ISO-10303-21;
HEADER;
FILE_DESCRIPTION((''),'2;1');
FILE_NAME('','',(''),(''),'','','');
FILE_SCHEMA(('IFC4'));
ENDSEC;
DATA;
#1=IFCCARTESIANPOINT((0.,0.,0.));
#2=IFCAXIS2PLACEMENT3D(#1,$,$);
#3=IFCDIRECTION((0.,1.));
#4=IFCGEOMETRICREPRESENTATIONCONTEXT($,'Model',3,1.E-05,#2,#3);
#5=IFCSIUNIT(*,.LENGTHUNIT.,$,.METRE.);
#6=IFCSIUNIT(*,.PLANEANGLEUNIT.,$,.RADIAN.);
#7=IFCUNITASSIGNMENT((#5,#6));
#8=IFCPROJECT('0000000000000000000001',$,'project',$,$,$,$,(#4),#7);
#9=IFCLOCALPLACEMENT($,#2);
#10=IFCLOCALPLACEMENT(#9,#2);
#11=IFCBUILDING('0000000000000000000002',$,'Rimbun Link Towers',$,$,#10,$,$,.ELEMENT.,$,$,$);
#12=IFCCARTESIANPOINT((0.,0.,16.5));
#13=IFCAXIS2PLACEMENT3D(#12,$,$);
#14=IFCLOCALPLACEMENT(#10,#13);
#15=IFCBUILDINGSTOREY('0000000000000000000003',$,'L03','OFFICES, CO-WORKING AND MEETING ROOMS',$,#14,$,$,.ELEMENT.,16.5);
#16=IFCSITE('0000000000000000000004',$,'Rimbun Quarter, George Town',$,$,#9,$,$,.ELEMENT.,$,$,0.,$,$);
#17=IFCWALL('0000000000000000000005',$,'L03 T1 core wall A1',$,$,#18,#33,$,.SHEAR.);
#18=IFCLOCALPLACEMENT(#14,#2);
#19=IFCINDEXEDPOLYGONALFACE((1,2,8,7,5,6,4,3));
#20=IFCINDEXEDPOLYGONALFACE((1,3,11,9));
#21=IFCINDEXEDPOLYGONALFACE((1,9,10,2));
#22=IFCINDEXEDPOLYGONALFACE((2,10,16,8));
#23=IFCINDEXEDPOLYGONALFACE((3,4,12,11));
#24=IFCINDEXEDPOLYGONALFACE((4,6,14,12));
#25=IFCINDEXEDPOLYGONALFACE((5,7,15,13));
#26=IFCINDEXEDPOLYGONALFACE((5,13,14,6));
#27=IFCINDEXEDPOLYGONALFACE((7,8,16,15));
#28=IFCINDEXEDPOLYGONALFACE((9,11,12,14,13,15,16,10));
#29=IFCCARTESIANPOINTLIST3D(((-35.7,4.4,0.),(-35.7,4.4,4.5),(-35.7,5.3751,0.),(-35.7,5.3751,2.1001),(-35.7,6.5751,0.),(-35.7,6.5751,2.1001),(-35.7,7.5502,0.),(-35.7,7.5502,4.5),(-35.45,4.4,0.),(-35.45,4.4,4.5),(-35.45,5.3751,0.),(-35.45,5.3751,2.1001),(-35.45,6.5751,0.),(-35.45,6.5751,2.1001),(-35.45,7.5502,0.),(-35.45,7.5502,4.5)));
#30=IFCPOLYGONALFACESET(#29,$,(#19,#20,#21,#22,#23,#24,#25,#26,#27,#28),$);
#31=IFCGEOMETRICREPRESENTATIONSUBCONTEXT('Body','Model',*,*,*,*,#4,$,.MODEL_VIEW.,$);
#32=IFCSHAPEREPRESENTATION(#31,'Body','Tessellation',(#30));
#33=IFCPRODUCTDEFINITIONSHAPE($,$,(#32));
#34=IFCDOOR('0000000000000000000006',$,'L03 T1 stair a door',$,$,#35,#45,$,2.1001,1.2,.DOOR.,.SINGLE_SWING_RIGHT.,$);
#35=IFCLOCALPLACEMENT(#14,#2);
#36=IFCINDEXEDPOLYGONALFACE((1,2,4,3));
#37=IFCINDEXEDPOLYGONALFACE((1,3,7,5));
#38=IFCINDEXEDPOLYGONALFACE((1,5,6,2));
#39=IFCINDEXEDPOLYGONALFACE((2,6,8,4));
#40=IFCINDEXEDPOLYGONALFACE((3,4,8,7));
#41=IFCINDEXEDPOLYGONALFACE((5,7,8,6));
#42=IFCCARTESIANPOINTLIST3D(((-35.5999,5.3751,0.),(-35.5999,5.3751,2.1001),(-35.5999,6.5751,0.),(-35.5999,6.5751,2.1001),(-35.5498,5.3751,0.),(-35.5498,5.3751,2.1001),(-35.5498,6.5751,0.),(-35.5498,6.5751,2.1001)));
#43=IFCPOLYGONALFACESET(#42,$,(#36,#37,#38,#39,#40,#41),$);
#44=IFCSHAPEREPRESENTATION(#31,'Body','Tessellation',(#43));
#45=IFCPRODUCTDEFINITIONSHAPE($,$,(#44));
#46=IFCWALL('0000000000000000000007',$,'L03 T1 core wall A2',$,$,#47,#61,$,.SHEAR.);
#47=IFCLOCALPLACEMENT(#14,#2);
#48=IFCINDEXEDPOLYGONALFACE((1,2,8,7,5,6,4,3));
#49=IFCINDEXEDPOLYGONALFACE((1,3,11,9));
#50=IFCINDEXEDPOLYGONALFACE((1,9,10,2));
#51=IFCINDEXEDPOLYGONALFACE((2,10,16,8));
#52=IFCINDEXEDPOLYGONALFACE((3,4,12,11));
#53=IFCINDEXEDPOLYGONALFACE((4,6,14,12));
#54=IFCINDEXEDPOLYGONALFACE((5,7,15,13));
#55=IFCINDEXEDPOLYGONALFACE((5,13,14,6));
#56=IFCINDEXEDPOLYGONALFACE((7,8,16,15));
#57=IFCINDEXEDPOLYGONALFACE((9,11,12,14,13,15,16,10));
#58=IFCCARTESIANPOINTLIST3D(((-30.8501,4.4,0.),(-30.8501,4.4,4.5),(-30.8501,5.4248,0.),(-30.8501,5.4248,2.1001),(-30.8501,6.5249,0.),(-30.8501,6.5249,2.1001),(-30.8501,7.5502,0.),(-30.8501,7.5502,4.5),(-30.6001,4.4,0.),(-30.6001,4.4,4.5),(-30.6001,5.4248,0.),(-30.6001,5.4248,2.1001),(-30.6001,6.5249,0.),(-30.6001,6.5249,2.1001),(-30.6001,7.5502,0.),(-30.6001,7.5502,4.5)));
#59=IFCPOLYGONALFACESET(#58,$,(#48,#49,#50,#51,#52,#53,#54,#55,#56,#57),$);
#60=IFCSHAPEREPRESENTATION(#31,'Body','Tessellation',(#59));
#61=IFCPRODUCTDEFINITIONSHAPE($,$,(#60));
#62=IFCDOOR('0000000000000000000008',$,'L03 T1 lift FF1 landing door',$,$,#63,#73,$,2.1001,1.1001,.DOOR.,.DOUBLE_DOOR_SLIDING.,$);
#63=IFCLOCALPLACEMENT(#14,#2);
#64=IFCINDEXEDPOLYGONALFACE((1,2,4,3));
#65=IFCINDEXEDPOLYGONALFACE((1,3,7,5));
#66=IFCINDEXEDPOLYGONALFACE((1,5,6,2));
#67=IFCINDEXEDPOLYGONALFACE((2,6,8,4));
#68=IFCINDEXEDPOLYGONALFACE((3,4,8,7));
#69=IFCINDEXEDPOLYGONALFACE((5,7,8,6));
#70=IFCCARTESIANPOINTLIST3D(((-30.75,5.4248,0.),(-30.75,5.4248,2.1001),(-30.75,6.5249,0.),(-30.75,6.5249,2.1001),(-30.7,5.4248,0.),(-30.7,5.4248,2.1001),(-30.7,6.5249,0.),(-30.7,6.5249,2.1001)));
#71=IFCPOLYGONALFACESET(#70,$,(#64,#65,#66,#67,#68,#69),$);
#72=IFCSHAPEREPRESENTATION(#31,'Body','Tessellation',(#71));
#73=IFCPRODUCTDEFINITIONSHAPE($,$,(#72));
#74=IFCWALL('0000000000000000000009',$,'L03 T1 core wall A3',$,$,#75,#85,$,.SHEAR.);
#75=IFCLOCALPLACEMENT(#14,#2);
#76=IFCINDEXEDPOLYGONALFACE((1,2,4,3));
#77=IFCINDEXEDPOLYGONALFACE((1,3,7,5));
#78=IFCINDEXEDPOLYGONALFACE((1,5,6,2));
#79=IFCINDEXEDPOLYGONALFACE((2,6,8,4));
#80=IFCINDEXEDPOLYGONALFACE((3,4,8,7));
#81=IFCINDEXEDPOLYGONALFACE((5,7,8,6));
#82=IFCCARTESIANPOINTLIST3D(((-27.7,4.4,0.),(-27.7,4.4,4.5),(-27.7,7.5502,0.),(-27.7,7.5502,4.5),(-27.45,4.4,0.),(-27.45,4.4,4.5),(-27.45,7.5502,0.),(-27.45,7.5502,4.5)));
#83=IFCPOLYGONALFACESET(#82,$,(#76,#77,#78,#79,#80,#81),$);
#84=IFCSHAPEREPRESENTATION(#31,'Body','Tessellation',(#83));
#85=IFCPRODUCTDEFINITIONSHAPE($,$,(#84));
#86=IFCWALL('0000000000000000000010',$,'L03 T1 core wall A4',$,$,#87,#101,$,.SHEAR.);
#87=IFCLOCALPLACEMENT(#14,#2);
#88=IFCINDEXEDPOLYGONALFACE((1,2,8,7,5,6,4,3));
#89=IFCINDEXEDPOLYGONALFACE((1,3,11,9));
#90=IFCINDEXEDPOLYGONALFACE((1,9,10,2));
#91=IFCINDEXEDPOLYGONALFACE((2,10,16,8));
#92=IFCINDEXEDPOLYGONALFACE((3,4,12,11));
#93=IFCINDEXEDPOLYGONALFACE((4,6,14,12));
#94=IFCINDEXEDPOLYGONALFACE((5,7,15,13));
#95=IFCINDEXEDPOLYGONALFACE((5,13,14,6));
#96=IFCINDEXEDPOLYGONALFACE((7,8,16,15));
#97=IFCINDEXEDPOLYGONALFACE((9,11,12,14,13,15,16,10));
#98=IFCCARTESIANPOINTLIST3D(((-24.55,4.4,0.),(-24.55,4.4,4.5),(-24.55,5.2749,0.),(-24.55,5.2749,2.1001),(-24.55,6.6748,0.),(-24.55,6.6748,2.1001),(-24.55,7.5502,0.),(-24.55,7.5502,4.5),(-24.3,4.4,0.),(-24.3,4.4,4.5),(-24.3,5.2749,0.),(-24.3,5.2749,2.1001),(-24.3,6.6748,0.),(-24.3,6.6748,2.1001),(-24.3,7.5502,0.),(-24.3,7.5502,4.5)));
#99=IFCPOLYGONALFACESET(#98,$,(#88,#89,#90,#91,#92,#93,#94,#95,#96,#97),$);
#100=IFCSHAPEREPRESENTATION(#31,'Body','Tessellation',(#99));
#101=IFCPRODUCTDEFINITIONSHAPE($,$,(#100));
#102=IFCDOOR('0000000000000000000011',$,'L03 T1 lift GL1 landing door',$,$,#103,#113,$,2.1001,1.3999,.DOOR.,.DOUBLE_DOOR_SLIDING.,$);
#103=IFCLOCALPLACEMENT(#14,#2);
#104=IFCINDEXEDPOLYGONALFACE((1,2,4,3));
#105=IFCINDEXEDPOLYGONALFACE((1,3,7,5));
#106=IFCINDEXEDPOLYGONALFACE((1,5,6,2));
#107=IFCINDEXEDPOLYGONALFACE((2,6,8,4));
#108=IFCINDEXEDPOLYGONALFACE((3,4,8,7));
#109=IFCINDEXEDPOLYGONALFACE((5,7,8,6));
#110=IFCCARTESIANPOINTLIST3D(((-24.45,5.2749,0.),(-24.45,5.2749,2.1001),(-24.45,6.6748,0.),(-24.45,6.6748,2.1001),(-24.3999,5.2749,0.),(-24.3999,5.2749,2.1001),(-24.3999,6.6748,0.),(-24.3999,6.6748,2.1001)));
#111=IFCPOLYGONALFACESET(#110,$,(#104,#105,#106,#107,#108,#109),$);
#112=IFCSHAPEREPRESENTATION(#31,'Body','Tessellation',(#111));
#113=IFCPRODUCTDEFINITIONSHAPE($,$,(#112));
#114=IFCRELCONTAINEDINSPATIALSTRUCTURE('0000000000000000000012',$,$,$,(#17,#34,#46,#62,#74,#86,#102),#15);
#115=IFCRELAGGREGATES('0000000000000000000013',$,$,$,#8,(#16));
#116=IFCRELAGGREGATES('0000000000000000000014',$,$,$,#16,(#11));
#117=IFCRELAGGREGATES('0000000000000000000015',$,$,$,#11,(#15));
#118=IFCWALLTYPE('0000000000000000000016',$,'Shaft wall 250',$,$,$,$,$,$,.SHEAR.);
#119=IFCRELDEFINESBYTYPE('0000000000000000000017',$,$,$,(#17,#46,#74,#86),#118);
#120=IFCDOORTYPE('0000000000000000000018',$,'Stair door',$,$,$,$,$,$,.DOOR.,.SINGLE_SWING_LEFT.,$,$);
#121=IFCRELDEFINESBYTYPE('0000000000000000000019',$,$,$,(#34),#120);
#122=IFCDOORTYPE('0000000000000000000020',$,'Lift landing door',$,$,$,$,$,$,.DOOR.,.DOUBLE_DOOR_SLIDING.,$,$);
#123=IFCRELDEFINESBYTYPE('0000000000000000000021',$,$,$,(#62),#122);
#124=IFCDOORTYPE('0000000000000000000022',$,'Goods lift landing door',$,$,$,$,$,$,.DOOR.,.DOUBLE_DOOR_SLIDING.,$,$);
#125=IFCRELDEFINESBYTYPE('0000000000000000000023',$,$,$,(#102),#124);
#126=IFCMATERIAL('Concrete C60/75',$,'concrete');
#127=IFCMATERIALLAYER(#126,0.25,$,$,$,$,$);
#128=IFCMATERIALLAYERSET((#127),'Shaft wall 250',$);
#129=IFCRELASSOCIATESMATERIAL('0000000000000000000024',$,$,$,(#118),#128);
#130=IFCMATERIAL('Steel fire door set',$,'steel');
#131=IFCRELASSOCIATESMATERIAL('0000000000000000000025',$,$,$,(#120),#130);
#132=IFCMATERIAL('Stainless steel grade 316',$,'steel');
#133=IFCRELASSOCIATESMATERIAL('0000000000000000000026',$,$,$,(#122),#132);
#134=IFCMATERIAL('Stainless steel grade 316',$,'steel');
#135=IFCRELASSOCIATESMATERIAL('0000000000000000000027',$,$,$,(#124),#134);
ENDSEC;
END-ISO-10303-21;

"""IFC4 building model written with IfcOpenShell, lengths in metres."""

from ifc_helpers import new_model, si_unit, direction, frame, frame_2d, origin, place, context, subcontext, project, spatial, rectangle, extrude, material, layer, layer_set, type_object, element, fill, save


model = new_model("IFC4")

# Units and contexts
model_context = context("Model", 3, precision=1e-05, world=origin(), true_north=direction((0.0, 1.0)))
body_context = subcontext(model_context, "Body", "Model", "MODEL_VIEW")
ifc_project = project(units=[si_unit("LENGTHUNIT", "METRE"), si_unit("PLANEANGLEUNIT", "RADIAN")], contexts=[model_context])

# Site, building, storey
site_placement = place(None, origin())
site = spatial("IfcSite", under=ifc_project, at=site_placement, Name="Rimbun Quarter, George Town", CompositionType="ELEMENT", RefElevation=0.0)
building_placement = place(site_placement, origin())
building = spatial("IfcBuilding", under=site, at=building_placement, Name="Rimbun Link Towers", CompositionType="ELEMENT")
storey_placement = place(building_placement, frame((0.0, 0.0, 16.5)))
storey = spatial("IfcBuildingStorey", under=building, at=storey_placement, Name="L03", Description="OFFICES, CO-WORKING AND MEETING ROOMS", CompositionType="ELEMENT", Elevation=16.5)

# Shared definitions
ifc_material_1 = material(Name="Concrete C60/75", Category="concrete")
ifc_layer_1 = layer(ifc_material_1, 0.25)
ifc_layer_set_1 = layer_set([ifc_layer_1], Name="Shaft wall 250")
wall_type_1 = type_object("IfcWallType", Name="Shaft wall 250", PredefinedType="SHEAR", material=ifc_layer_set_1)

# Walls, openings, doors
wall_1_placement = place(storey_placement, frame((-35.575, 4.3999, 0.0), z_axis=(0.0, 0.0, 1.0), x_axis=(0.0, 1.0, 0.0)))
wall_1 = element("IfcWall", 1, at=wall_1_placement, inside=storey, type_object=wall_type_1, Name="L03 T1 core wall A1", PredefinedType="SHEAR", context=body_context, shape_type="SweptSolid", body=[
    extrude(rectangle(XDim=3.1501, YDim=0.25, at=frame_2d((1.5752, 0.0))), origin(), (0.0, 0.0, 1.0), 4.5),
])
opening_1_placement = place(wall_1_placement, frame((0.9751, 0.0, 0.0)))
opening_1 = element("IfcOpeningElement", 2, at=opening_1_placement, cuts=wall_1, PredefinedType="OPENING", context=body_context, shape_type="SweptSolid", body=[
    extrude(rectangle(XDim=1.2, YDim=2.1001, at=frame_2d((0.6001, 1.05))), frame((0.0, 0.135, 0.0), z_axis=(0.0, -1.0, 0.0), x_axis=(1.0, 0.0, 0.0)), (0.0, 0.0, 1.0), 0.27),
])
ifc_material_2 = material(Name="Steel fire door set", Category="steel")
door_type_1 = type_object("IfcDoorType", Name="Stair door", OperationType="SINGLE_SWING_LEFT", PredefinedType="DOOR", material=ifc_material_2)
door_1_placement = place(opening_1_placement, origin())
door_1 = element("IfcDoor", 3, at=door_1_placement, inside=storey, type_object=door_type_1, Name="L03 T1 stair a door", OperationType="SINGLE_SWING_RIGHT", OverallHeight=2.1001, OverallWidth=1.2, PredefinedType="DOOR", context=body_context, shape_type="SweptSolid", body=[
    extrude(rectangle(XDim=1.2, YDim=2.1001, at=frame_2d((0.6001, 1.05))), frame((0.0, 0.0249, 0.0), z_axis=(0.0, -1.0, 0.0), x_axis=(1.0, 0.0, 0.0)), (0.0, 0.0, 1.0), 0.05),
])
fill(opening_1, door_1)
wall_2_placement = place(storey_placement, frame((-30.7251, 4.3999, 0.0), z_axis=(0.0, 0.0, 1.0), x_axis=(0.0, 1.0, 0.0)))
wall_2 = element("IfcWall", 4, at=wall_2_placement, inside=storey, type_object=wall_type_1, Name="L03 T1 core wall A2", PredefinedType="SHEAR", context=body_context, shape_type="SweptSolid", body=[
    extrude(rectangle(XDim=3.1501, YDim=0.25, at=frame_2d((1.5752, 0.0))), origin(), (0.0, 0.0, 1.0), 4.5),
])
opening_2_placement = place(wall_2_placement, frame((1.0249, 0.0, 0.0)))
opening_2 = element("IfcOpeningElement", 5, at=opening_2_placement, cuts=wall_2, PredefinedType="OPENING", context=body_context, shape_type="SweptSolid", body=[
    extrude(rectangle(XDim=1.1001, YDim=2.1001, at=frame_2d((0.55, 1.05))), frame((0.0, 0.135, 0.0), z_axis=(0.0, -1.0, 0.0), x_axis=(1.0, 0.0, 0.0)), (0.0, 0.0, 1.0), 0.27),
])
ifc_material_3 = material(Name="Stainless steel grade 316", Category="steel")
door_type_2 = type_object("IfcDoorType", Name="Lift landing door", OperationType="DOUBLE_DOOR_SLIDING", PredefinedType="DOOR", material=ifc_material_3)
door_2_placement = place(opening_2_placement, origin())
door_2 = element("IfcDoor", 6, at=door_2_placement, inside=storey, type_object=door_type_2, Name="L03 T1 lift FF1 landing door", OperationType="DOUBLE_DOOR_SLIDING", OverallHeight=2.1001, OverallWidth=1.1001, PredefinedType="DOOR", context=body_context, shape_type="SweptSolid", body=[
    extrude(rectangle(XDim=1.1001, YDim=2.1001, at=frame_2d((0.55, 1.05))), frame((0.0, 0.0249, 0.0), z_axis=(0.0, -1.0, 0.0), x_axis=(1.0, 0.0, 0.0)), (0.0, 0.0, 1.0), 0.05),
])
fill(opening_2, door_2)

# Wall
wall_3_placement = place(storey_placement, frame((-27.575, 4.3999, 0.0), z_axis=(0.0, 0.0, 1.0), x_axis=(0.0, 1.0, 0.0)))
element("IfcWall", 7, at=wall_3_placement, inside=storey, type_object=wall_type_1, Name="L03 T1 core wall A3", PredefinedType="SHEAR", context=body_context, shape_type="SweptSolid", body=[
    extrude(rectangle(XDim=3.1501, YDim=0.25, at=frame_2d((1.5752, 0.0))), origin(), (0.0, 0.0, 1.0), 4.5),
])

# Wall, opening, door
wall_4_placement = place(storey_placement, frame((-24.425, 4.3999, 0.0), z_axis=(0.0, 0.0, 1.0), x_axis=(0.0, 1.0, 0.0)))
wall_4 = element("IfcWall", 8, at=wall_4_placement, inside=storey, type_object=wall_type_1, Name="L03 T1 core wall A4", PredefinedType="SHEAR", context=body_context, shape_type="SweptSolid", body=[
    extrude(rectangle(XDim=3.1501, YDim=0.25, at=frame_2d((1.5752, 0.0))), origin(), (0.0, 0.0, 1.0), 4.5),
])
opening_3_placement = place(wall_4_placement, frame((0.875, 0.0, 0.0)))
opening_3 = element("IfcOpeningElement", 9, at=opening_3_placement, cuts=wall_4, PredefinedType="OPENING", context=body_context, shape_type="SweptSolid", body=[
    extrude(rectangle(XDim=1.3999, YDim=2.1001, at=frame_2d((0.7, 1.05))), frame((0.0, 0.135, 0.0), z_axis=(0.0, -1.0, 0.0), x_axis=(1.0, 0.0, 0.0)), (0.0, 0.0, 1.0), 0.27),
])
ifc_material_4 = material(Name="Stainless steel grade 316", Category="steel")
door_type_3 = type_object("IfcDoorType", Name="Goods lift landing door", OperationType="DOUBLE_DOOR_SLIDING", PredefinedType="DOOR", material=ifc_material_4)
door_3_placement = place(opening_3_placement, origin())
door_3 = element("IfcDoor", 10, at=door_3_placement, inside=storey, type_object=door_type_3, Name="L03 T1 lift GL1 landing door", OperationType="DOUBLE_DOOR_SLIDING", OverallHeight=2.1001, OverallWidth=1.3999, PredefinedType="DOOR", context=body_context, shape_type="SweptSolid", body=[
    extrude(rectangle(XDim=1.3999, YDim=2.1001, at=frame_2d((0.7, 1.05))), frame((0.0, 0.0249, 0.0), z_axis=(0.0, -1.0, 0.0), x_axis=(1.0, 0.0, 0.0)), (0.0, 0.0, 1.0), 0.05),
])
fill(opening_3, door_3)

save(model, "model.ifc")
